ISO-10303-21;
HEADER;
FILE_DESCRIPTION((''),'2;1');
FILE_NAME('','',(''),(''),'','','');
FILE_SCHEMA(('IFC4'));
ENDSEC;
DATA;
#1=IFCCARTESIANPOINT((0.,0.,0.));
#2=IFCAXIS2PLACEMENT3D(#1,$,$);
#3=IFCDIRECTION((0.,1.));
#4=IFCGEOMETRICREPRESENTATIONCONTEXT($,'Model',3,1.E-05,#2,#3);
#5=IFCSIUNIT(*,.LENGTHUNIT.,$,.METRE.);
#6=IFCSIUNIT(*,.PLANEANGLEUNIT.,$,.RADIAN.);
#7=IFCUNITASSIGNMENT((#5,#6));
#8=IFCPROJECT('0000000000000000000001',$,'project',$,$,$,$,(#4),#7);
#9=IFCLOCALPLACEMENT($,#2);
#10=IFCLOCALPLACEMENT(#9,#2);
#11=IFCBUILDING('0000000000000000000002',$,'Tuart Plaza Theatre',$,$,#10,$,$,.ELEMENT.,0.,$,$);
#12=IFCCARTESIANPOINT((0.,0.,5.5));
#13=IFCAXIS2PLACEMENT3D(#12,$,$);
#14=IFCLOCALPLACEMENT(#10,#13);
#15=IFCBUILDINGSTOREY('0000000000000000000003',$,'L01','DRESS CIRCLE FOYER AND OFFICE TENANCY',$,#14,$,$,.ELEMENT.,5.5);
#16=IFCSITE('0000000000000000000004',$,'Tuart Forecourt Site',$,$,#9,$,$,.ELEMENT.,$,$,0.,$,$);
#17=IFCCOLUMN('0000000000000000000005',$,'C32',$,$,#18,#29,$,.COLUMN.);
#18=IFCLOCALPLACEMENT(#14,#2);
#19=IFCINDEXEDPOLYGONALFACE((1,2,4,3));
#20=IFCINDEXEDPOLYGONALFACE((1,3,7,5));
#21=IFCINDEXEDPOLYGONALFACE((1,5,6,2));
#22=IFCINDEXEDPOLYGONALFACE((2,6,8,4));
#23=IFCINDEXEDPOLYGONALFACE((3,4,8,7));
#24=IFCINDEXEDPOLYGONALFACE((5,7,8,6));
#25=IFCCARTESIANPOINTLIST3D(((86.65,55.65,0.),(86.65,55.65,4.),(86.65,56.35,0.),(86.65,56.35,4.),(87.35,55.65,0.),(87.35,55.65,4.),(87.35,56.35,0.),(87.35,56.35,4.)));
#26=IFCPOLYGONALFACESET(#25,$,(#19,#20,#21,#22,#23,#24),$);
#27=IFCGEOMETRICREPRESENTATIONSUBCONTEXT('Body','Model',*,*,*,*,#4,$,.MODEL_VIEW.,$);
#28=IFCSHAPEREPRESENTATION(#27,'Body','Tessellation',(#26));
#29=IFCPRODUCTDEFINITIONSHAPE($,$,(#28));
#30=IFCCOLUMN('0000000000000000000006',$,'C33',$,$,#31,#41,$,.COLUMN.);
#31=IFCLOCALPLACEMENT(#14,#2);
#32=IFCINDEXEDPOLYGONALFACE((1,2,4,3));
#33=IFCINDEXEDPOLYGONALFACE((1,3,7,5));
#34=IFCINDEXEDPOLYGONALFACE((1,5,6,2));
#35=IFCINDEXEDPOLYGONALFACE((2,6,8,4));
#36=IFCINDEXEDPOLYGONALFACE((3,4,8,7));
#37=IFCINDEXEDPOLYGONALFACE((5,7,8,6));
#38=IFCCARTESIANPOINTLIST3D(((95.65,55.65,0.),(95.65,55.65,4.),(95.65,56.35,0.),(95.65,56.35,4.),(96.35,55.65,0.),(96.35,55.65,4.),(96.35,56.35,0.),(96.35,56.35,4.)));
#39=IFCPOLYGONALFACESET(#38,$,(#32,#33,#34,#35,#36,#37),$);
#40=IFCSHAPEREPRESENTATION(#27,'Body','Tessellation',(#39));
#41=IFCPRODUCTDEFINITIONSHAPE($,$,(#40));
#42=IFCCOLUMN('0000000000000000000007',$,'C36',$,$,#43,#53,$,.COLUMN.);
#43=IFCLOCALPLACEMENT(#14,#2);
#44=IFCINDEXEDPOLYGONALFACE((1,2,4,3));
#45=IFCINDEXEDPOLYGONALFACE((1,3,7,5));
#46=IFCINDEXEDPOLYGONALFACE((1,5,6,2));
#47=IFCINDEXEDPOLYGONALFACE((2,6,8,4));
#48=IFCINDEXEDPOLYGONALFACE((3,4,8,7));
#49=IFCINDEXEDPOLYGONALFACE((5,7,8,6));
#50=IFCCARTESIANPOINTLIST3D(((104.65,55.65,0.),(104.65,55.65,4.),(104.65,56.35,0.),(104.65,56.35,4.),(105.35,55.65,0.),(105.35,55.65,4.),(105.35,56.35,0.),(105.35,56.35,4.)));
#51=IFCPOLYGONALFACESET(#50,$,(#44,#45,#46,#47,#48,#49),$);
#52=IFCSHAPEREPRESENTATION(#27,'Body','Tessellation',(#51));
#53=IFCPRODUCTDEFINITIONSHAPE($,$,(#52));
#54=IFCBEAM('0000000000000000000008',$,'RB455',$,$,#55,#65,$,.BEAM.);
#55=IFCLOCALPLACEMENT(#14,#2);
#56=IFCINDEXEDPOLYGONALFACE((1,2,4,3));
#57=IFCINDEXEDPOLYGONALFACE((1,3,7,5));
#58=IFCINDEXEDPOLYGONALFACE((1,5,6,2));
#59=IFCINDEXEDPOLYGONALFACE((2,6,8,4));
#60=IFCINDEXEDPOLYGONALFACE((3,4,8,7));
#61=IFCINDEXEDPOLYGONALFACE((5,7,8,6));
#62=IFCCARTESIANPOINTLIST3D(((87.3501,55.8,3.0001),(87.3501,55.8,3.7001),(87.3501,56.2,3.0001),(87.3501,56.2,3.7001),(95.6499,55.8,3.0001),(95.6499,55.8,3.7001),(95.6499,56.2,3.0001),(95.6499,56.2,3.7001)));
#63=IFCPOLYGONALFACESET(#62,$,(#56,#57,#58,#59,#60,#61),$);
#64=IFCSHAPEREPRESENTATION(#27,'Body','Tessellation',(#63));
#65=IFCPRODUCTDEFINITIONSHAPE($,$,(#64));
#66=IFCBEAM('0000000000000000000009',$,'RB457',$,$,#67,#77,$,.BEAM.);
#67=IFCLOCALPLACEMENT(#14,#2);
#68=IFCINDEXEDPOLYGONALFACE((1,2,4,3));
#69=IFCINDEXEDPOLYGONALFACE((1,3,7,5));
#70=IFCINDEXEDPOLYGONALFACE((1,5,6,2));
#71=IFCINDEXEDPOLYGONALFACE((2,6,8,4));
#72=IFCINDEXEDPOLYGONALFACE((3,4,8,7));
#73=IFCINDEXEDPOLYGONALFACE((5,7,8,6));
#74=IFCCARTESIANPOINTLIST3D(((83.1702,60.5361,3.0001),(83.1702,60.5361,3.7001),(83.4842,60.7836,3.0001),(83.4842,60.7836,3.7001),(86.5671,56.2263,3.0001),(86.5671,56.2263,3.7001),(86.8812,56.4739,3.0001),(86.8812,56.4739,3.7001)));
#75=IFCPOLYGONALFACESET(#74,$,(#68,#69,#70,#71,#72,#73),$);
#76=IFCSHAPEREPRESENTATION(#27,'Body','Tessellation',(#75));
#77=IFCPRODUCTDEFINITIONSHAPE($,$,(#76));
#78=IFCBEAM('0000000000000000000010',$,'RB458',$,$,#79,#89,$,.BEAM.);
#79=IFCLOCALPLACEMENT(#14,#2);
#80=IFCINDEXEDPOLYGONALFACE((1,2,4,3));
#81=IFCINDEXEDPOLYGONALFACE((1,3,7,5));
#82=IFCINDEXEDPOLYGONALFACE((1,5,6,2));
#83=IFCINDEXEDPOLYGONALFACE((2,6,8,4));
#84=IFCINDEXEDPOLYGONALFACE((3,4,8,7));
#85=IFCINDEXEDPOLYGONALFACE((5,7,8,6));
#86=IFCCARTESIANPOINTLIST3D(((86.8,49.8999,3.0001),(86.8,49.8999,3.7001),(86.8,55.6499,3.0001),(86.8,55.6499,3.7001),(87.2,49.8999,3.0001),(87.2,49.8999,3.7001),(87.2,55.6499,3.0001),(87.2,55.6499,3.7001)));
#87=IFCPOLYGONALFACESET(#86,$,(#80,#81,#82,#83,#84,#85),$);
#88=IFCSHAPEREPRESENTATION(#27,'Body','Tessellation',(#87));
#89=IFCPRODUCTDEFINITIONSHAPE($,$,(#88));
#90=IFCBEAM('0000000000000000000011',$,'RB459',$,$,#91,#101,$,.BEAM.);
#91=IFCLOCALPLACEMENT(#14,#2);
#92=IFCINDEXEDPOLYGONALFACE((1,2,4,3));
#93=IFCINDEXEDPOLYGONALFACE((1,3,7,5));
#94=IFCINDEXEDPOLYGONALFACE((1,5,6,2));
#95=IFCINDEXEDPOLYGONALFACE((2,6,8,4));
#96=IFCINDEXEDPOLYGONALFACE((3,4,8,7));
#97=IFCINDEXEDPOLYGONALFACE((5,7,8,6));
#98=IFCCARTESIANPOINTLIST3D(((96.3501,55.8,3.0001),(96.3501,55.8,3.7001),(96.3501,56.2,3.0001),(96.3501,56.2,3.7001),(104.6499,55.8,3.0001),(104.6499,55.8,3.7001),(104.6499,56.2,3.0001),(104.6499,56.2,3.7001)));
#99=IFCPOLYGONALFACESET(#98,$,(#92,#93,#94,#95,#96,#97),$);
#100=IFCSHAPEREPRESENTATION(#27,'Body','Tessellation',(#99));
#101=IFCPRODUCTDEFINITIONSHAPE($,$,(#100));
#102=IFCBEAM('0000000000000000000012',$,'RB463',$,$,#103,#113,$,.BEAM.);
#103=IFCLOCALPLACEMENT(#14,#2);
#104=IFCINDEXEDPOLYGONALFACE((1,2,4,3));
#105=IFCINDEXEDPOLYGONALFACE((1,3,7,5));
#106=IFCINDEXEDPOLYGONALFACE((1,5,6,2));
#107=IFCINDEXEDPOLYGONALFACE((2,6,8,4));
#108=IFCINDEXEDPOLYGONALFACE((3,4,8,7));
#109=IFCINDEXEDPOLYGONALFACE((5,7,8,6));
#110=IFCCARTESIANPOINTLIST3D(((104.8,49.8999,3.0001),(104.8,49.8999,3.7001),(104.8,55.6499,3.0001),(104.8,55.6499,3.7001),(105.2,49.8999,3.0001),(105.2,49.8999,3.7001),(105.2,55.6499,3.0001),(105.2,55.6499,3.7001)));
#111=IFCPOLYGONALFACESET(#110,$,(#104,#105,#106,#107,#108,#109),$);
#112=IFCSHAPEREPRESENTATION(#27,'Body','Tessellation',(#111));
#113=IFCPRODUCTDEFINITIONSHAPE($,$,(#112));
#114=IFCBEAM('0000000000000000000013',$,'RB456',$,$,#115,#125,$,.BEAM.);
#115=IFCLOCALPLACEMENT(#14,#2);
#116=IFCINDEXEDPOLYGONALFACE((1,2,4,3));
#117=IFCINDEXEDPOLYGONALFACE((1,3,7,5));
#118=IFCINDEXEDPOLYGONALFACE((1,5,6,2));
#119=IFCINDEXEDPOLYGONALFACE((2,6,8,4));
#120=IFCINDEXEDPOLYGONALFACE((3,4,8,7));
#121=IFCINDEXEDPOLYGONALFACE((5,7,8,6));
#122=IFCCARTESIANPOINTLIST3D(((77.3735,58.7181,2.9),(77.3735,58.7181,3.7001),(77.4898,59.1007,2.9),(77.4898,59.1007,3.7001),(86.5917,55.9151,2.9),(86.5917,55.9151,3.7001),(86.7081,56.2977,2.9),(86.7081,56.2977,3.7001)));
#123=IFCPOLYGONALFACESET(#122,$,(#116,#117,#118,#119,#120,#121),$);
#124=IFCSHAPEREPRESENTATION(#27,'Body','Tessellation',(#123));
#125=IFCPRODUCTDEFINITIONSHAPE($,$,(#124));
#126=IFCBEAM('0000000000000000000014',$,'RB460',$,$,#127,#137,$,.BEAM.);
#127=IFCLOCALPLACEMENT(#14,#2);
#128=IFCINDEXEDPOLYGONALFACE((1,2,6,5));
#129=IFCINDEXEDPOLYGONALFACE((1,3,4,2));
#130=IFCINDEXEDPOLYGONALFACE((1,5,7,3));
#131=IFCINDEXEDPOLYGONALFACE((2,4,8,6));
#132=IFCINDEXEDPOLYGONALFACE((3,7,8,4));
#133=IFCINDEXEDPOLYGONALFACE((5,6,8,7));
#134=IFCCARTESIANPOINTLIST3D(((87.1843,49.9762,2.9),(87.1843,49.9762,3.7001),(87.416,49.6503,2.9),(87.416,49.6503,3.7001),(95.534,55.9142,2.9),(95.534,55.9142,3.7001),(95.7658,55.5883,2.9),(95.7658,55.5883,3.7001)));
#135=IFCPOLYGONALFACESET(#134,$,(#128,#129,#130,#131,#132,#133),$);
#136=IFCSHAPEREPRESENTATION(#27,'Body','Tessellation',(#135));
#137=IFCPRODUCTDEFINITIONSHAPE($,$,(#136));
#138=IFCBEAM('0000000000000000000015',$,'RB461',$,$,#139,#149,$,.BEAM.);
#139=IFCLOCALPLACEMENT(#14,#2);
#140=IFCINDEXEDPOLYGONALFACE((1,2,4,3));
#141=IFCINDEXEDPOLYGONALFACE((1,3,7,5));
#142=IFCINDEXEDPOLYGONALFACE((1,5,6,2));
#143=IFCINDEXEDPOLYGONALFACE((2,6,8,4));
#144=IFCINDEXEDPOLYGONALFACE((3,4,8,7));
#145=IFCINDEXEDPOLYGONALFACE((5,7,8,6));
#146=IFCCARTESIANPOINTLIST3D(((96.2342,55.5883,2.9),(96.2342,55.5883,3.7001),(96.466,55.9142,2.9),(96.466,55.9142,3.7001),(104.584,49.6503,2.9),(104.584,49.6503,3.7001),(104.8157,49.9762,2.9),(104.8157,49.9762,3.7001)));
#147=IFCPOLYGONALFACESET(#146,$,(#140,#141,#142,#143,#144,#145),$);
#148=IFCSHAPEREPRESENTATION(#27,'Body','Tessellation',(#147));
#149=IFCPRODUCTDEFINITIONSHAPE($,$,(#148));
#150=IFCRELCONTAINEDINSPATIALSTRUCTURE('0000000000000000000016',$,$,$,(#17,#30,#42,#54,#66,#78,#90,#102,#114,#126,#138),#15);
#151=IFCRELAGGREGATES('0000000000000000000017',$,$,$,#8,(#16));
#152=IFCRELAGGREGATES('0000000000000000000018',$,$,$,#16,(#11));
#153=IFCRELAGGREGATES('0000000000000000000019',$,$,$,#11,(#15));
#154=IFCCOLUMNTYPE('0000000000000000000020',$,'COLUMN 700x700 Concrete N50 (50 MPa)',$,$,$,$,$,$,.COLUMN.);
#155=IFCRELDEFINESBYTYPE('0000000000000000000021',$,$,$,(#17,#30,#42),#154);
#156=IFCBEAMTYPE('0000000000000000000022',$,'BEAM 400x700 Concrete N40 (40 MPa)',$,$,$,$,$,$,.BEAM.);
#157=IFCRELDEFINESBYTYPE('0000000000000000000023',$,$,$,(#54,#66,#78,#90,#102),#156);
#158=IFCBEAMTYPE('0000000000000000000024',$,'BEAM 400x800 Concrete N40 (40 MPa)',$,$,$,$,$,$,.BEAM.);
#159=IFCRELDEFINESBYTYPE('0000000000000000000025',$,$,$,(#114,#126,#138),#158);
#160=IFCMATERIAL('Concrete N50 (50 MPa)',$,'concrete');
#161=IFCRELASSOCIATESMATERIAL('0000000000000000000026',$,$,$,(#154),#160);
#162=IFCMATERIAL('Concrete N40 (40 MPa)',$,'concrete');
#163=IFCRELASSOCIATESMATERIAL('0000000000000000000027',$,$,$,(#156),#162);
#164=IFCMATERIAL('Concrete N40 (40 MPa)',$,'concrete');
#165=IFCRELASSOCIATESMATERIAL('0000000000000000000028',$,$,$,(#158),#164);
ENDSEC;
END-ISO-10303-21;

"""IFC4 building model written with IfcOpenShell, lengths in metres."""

from ifc_helpers import new_model, si_unit, direction, frame, origin, origin_2d, place, context, subcontext, project, spatial, rectangle, extrude, material, material_profile, profile_set, type_object, element, save


model = new_model("IFC4")

# Units and contexts
model_context = context("Model", 3, precision=1e-05, world=origin(), true_north=direction((0.0, 1.0)))
body_context = subcontext(model_context, "Body", "Model", "MODEL_VIEW")
ifc_project = project(units=[si_unit("LENGTHUNIT", "METRE"), si_unit("PLANEANGLEUNIT", "RADIAN")], contexts=[model_context])

# Site, building, storey
site_placement = place(None, origin())
site = spatial("IfcSite", under=ifc_project, at=site_placement, Name="Tuart Forecourt Site", CompositionType="ELEMENT", RefElevation=0.0)
building_placement = place(site_placement, origin())
building = spatial("IfcBuilding", under=site, at=building_placement, Name="Tuart Plaza Theatre", CompositionType="ELEMENT", ElevationOfRefHeight=0.0)
storey_placement = place(building_placement, frame((0.0, 0.0, 5.5)))
storey = spatial("IfcBuildingStorey", under=building, at=storey_placement, Name="L01", Description="DRESS CIRCLE FOYER AND OFFICE TENANCY", CompositionType="ELEMENT", Elevation=5.5)

# Columns
ifc_material_1 = material(Name="Concrete N50 (50 MPa)", Category="concrete")
ifc_material_profile_1 = material_profile(ifc_material_1, rectangle(XDim=0.7, YDim=0.7, at=origin_2d()), Name="COLUMN 700x700 Concrete N50 (50 MPa)")
ifc_profile_set_1 = profile_set([ifc_material_profile_1], Name="Concrete N50 (50 MPa)")
column_type = type_object("IfcColumnType", Name="COLUMN 700x700 Concrete N50 (50 MPa)", PredefinedType="COLUMN", material=ifc_profile_set_1)
for number, where, z_axis, x_axis, name in (
    (1, (87.0, 56.0, 0.0), (0.0, 0.0, 1.0), (1.0, 0.0, 0.0), "C32"),
    (2, (96.0, 56.0, 0.0), (0.0, 0.0, 1.0), (1.0, 0.0, 0.0), "C33"),
    (3, (105.0, 56.0, 0.0), (0.0, 0.0, 1.0), (1.0, 0.0, 0.0), "C36"),
):
    element("IfcColumn", number, at=place(storey_placement, frame(where, z_axis=z_axis, x_axis=x_axis)), inside=storey, type_object=column_type, Name=name, PredefinedType="COLUMN", context=body_context, shape_type="SweptSolid", body=[
        extrude(rectangle(XDim=0.7, YDim=0.7, at=origin_2d()), origin(), (0.0, 0.0, 1.0), 4.0),
    ])

# Beams
ifc_material_2 = material(Name="Concrete N40 (40 MPa)", Category="concrete")
ifc_material_profile_2 = material_profile(ifc_material_2, rectangle(XDim=0.3999, YDim=0.7, at=origin_2d()), Name="BEAM 400x700 Concrete N40 (40 MPa)")
ifc_profile_set_2 = profile_set([ifc_material_profile_2], Name="Concrete N40 (40 MPa)")
beam_type_1 = type_object("IfcBeamType", Name="BEAM 400x700 Concrete N40 (40 MPa)", PredefinedType="BEAM", material=ifc_profile_set_2)
beam_1_placement = place(storey_placement, frame((87.3501, 56.0, 3.3501), z_axis=(1.0, 0.0, 0.0), x_axis=(0.0, 1.0, 0.0)))
element("IfcBeam", 4, at=beam_1_placement, inside=storey, type_object=beam_type_1, Name="RB455", PredefinedType="BEAM", context=body_context, shape_type="SweptSolid", body=[
    extrude(rectangle(XDim=0.3999, YDim=0.7, at=origin_2d()), origin(), (0.0, 0.0, 1.0), 8.2998),
])
beam_2_placement = place(storey_placement, frame((86.7241, 56.3501, 3.3501), z_axis=(-0.619025, 0.785371, 0.0), x_axis=(-0.785371, -0.619025, 0.0)))
element("IfcBeam", 5, at=beam_2_placement, inside=storey, type_object=beam_type_1, Name="RB457", PredefinedType="BEAM", context=body_context, shape_type="SweptSolid", body=[
    extrude(rectangle(XDim=0.3999, YDim=0.7, at=origin_2d()), origin(), (0.0, 0.0, 1.0), 5.4875),
])
beam_3_placement = place(storey_placement, frame((87.0, 55.6499, 3.3501), z_axis=(0.0, -1.0, 0.0), x_axis=(1.0, 0.0, 0.0)))
element("IfcBeam", 6, at=beam_3_placement, inside=storey, type_object=beam_type_1, Name="RB458", PredefinedType="BEAM", context=body_context, shape_type="SweptSolid", body=[
    extrude(rectangle(XDim=0.3999, YDim=0.7, at=origin_2d()), origin(), (0.0, 0.0, 1.0), 5.75),
])
beam_4_placement = place(storey_placement, frame((96.3501, 56.0, 3.3501), z_axis=(1.0, 0.0, 0.0), x_axis=(0.0, 1.0, 0.0)))
element("IfcBeam", 7, at=beam_4_placement, inside=storey, type_object=beam_type_1, Name="RB459", PredefinedType="BEAM", context=body_context, shape_type="SweptSolid", body=[
    extrude(rectangle(XDim=0.3999, YDim=0.7, at=origin_2d()), origin(), (0.0, 0.0, 1.0), 8.2998),
])
beam_5_placement = place(storey_placement, frame((105.0, 55.6499, 3.3501), z_axis=(0.0, -1.0, 0.0), x_axis=(1.0, 0.0, 0.0)))
element("IfcBeam", 8, at=beam_5_placement, inside=storey, type_object=beam_type_1, Name="RB463", PredefinedType="BEAM", context=body_context, shape_type="SweptSolid", body=[
    extrude(rectangle(XDim=0.3999, YDim=0.7, at=origin_2d()), origin(), (0.0, 0.0, 1.0), 5.75),
])
ifc_material_3 = material(Name="Concrete N40 (40 MPa)", Category="concrete")
ifc_material_profile_3 = material_profile(ifc_material_3, rectangle(XDim=0.3999, YDim=0.8, at=origin_2d()), Name="BEAM 400x800 Concrete N40 (40 MPa)")
ifc_profile_set_3 = profile_set([ifc_material_profile_3], Name="Concrete N40 (40 MPa)")
beam_type_2 = type_object("IfcBeamType", Name="BEAM 400x800 Concrete N40 (40 MPa)", PredefinedType="BEAM", material=ifc_profile_set_3)
beam_6_placement = place(storey_placement, frame((86.6499, 56.1064, 3.3), z_axis=(-0.956748, 0.290917, 0.0), x_axis=(-0.290917, -0.956748, 0.0)))
element("IfcBeam", 9, at=beam_6_placement, inside=storey, type_object=beam_type_2, Name="RB456", PredefinedType="BEAM", context=body_context, shape_type="SweptSolid", body=[
    extrude(rectangle(XDim=0.3999, YDim=0.8, at=origin_2d()), origin(), (0.0, 0.0, 1.0), 9.635),
])
for number, where, z_axis, x_axis, name in (
    (10, (95.6499, 55.7512, 3.3), (-0.814941, -0.579544, 0.0), (0.579544, -0.814941, 0.0), "RB460"),
    (11, (96.3501, 55.7512, 3.3), (0.814941, -0.579544, 0.0), (0.579544, 0.814941, 0.0), "RB461"),
):
    element("IfcBeam", number, at=place(storey_placement, frame(where, z_axis=z_axis, x_axis=x_axis)), inside=storey, type_object=beam_type_2, Name=name, PredefinedType="BEAM", context=body_context, shape_type="SweptSolid", body=[
        extrude(rectangle(XDim=0.3999, YDim=0.8, at=origin_2d()), origin(), (0.0, 0.0, 1.0), 10.2458),
    ])

save(model, "model.ifc")
